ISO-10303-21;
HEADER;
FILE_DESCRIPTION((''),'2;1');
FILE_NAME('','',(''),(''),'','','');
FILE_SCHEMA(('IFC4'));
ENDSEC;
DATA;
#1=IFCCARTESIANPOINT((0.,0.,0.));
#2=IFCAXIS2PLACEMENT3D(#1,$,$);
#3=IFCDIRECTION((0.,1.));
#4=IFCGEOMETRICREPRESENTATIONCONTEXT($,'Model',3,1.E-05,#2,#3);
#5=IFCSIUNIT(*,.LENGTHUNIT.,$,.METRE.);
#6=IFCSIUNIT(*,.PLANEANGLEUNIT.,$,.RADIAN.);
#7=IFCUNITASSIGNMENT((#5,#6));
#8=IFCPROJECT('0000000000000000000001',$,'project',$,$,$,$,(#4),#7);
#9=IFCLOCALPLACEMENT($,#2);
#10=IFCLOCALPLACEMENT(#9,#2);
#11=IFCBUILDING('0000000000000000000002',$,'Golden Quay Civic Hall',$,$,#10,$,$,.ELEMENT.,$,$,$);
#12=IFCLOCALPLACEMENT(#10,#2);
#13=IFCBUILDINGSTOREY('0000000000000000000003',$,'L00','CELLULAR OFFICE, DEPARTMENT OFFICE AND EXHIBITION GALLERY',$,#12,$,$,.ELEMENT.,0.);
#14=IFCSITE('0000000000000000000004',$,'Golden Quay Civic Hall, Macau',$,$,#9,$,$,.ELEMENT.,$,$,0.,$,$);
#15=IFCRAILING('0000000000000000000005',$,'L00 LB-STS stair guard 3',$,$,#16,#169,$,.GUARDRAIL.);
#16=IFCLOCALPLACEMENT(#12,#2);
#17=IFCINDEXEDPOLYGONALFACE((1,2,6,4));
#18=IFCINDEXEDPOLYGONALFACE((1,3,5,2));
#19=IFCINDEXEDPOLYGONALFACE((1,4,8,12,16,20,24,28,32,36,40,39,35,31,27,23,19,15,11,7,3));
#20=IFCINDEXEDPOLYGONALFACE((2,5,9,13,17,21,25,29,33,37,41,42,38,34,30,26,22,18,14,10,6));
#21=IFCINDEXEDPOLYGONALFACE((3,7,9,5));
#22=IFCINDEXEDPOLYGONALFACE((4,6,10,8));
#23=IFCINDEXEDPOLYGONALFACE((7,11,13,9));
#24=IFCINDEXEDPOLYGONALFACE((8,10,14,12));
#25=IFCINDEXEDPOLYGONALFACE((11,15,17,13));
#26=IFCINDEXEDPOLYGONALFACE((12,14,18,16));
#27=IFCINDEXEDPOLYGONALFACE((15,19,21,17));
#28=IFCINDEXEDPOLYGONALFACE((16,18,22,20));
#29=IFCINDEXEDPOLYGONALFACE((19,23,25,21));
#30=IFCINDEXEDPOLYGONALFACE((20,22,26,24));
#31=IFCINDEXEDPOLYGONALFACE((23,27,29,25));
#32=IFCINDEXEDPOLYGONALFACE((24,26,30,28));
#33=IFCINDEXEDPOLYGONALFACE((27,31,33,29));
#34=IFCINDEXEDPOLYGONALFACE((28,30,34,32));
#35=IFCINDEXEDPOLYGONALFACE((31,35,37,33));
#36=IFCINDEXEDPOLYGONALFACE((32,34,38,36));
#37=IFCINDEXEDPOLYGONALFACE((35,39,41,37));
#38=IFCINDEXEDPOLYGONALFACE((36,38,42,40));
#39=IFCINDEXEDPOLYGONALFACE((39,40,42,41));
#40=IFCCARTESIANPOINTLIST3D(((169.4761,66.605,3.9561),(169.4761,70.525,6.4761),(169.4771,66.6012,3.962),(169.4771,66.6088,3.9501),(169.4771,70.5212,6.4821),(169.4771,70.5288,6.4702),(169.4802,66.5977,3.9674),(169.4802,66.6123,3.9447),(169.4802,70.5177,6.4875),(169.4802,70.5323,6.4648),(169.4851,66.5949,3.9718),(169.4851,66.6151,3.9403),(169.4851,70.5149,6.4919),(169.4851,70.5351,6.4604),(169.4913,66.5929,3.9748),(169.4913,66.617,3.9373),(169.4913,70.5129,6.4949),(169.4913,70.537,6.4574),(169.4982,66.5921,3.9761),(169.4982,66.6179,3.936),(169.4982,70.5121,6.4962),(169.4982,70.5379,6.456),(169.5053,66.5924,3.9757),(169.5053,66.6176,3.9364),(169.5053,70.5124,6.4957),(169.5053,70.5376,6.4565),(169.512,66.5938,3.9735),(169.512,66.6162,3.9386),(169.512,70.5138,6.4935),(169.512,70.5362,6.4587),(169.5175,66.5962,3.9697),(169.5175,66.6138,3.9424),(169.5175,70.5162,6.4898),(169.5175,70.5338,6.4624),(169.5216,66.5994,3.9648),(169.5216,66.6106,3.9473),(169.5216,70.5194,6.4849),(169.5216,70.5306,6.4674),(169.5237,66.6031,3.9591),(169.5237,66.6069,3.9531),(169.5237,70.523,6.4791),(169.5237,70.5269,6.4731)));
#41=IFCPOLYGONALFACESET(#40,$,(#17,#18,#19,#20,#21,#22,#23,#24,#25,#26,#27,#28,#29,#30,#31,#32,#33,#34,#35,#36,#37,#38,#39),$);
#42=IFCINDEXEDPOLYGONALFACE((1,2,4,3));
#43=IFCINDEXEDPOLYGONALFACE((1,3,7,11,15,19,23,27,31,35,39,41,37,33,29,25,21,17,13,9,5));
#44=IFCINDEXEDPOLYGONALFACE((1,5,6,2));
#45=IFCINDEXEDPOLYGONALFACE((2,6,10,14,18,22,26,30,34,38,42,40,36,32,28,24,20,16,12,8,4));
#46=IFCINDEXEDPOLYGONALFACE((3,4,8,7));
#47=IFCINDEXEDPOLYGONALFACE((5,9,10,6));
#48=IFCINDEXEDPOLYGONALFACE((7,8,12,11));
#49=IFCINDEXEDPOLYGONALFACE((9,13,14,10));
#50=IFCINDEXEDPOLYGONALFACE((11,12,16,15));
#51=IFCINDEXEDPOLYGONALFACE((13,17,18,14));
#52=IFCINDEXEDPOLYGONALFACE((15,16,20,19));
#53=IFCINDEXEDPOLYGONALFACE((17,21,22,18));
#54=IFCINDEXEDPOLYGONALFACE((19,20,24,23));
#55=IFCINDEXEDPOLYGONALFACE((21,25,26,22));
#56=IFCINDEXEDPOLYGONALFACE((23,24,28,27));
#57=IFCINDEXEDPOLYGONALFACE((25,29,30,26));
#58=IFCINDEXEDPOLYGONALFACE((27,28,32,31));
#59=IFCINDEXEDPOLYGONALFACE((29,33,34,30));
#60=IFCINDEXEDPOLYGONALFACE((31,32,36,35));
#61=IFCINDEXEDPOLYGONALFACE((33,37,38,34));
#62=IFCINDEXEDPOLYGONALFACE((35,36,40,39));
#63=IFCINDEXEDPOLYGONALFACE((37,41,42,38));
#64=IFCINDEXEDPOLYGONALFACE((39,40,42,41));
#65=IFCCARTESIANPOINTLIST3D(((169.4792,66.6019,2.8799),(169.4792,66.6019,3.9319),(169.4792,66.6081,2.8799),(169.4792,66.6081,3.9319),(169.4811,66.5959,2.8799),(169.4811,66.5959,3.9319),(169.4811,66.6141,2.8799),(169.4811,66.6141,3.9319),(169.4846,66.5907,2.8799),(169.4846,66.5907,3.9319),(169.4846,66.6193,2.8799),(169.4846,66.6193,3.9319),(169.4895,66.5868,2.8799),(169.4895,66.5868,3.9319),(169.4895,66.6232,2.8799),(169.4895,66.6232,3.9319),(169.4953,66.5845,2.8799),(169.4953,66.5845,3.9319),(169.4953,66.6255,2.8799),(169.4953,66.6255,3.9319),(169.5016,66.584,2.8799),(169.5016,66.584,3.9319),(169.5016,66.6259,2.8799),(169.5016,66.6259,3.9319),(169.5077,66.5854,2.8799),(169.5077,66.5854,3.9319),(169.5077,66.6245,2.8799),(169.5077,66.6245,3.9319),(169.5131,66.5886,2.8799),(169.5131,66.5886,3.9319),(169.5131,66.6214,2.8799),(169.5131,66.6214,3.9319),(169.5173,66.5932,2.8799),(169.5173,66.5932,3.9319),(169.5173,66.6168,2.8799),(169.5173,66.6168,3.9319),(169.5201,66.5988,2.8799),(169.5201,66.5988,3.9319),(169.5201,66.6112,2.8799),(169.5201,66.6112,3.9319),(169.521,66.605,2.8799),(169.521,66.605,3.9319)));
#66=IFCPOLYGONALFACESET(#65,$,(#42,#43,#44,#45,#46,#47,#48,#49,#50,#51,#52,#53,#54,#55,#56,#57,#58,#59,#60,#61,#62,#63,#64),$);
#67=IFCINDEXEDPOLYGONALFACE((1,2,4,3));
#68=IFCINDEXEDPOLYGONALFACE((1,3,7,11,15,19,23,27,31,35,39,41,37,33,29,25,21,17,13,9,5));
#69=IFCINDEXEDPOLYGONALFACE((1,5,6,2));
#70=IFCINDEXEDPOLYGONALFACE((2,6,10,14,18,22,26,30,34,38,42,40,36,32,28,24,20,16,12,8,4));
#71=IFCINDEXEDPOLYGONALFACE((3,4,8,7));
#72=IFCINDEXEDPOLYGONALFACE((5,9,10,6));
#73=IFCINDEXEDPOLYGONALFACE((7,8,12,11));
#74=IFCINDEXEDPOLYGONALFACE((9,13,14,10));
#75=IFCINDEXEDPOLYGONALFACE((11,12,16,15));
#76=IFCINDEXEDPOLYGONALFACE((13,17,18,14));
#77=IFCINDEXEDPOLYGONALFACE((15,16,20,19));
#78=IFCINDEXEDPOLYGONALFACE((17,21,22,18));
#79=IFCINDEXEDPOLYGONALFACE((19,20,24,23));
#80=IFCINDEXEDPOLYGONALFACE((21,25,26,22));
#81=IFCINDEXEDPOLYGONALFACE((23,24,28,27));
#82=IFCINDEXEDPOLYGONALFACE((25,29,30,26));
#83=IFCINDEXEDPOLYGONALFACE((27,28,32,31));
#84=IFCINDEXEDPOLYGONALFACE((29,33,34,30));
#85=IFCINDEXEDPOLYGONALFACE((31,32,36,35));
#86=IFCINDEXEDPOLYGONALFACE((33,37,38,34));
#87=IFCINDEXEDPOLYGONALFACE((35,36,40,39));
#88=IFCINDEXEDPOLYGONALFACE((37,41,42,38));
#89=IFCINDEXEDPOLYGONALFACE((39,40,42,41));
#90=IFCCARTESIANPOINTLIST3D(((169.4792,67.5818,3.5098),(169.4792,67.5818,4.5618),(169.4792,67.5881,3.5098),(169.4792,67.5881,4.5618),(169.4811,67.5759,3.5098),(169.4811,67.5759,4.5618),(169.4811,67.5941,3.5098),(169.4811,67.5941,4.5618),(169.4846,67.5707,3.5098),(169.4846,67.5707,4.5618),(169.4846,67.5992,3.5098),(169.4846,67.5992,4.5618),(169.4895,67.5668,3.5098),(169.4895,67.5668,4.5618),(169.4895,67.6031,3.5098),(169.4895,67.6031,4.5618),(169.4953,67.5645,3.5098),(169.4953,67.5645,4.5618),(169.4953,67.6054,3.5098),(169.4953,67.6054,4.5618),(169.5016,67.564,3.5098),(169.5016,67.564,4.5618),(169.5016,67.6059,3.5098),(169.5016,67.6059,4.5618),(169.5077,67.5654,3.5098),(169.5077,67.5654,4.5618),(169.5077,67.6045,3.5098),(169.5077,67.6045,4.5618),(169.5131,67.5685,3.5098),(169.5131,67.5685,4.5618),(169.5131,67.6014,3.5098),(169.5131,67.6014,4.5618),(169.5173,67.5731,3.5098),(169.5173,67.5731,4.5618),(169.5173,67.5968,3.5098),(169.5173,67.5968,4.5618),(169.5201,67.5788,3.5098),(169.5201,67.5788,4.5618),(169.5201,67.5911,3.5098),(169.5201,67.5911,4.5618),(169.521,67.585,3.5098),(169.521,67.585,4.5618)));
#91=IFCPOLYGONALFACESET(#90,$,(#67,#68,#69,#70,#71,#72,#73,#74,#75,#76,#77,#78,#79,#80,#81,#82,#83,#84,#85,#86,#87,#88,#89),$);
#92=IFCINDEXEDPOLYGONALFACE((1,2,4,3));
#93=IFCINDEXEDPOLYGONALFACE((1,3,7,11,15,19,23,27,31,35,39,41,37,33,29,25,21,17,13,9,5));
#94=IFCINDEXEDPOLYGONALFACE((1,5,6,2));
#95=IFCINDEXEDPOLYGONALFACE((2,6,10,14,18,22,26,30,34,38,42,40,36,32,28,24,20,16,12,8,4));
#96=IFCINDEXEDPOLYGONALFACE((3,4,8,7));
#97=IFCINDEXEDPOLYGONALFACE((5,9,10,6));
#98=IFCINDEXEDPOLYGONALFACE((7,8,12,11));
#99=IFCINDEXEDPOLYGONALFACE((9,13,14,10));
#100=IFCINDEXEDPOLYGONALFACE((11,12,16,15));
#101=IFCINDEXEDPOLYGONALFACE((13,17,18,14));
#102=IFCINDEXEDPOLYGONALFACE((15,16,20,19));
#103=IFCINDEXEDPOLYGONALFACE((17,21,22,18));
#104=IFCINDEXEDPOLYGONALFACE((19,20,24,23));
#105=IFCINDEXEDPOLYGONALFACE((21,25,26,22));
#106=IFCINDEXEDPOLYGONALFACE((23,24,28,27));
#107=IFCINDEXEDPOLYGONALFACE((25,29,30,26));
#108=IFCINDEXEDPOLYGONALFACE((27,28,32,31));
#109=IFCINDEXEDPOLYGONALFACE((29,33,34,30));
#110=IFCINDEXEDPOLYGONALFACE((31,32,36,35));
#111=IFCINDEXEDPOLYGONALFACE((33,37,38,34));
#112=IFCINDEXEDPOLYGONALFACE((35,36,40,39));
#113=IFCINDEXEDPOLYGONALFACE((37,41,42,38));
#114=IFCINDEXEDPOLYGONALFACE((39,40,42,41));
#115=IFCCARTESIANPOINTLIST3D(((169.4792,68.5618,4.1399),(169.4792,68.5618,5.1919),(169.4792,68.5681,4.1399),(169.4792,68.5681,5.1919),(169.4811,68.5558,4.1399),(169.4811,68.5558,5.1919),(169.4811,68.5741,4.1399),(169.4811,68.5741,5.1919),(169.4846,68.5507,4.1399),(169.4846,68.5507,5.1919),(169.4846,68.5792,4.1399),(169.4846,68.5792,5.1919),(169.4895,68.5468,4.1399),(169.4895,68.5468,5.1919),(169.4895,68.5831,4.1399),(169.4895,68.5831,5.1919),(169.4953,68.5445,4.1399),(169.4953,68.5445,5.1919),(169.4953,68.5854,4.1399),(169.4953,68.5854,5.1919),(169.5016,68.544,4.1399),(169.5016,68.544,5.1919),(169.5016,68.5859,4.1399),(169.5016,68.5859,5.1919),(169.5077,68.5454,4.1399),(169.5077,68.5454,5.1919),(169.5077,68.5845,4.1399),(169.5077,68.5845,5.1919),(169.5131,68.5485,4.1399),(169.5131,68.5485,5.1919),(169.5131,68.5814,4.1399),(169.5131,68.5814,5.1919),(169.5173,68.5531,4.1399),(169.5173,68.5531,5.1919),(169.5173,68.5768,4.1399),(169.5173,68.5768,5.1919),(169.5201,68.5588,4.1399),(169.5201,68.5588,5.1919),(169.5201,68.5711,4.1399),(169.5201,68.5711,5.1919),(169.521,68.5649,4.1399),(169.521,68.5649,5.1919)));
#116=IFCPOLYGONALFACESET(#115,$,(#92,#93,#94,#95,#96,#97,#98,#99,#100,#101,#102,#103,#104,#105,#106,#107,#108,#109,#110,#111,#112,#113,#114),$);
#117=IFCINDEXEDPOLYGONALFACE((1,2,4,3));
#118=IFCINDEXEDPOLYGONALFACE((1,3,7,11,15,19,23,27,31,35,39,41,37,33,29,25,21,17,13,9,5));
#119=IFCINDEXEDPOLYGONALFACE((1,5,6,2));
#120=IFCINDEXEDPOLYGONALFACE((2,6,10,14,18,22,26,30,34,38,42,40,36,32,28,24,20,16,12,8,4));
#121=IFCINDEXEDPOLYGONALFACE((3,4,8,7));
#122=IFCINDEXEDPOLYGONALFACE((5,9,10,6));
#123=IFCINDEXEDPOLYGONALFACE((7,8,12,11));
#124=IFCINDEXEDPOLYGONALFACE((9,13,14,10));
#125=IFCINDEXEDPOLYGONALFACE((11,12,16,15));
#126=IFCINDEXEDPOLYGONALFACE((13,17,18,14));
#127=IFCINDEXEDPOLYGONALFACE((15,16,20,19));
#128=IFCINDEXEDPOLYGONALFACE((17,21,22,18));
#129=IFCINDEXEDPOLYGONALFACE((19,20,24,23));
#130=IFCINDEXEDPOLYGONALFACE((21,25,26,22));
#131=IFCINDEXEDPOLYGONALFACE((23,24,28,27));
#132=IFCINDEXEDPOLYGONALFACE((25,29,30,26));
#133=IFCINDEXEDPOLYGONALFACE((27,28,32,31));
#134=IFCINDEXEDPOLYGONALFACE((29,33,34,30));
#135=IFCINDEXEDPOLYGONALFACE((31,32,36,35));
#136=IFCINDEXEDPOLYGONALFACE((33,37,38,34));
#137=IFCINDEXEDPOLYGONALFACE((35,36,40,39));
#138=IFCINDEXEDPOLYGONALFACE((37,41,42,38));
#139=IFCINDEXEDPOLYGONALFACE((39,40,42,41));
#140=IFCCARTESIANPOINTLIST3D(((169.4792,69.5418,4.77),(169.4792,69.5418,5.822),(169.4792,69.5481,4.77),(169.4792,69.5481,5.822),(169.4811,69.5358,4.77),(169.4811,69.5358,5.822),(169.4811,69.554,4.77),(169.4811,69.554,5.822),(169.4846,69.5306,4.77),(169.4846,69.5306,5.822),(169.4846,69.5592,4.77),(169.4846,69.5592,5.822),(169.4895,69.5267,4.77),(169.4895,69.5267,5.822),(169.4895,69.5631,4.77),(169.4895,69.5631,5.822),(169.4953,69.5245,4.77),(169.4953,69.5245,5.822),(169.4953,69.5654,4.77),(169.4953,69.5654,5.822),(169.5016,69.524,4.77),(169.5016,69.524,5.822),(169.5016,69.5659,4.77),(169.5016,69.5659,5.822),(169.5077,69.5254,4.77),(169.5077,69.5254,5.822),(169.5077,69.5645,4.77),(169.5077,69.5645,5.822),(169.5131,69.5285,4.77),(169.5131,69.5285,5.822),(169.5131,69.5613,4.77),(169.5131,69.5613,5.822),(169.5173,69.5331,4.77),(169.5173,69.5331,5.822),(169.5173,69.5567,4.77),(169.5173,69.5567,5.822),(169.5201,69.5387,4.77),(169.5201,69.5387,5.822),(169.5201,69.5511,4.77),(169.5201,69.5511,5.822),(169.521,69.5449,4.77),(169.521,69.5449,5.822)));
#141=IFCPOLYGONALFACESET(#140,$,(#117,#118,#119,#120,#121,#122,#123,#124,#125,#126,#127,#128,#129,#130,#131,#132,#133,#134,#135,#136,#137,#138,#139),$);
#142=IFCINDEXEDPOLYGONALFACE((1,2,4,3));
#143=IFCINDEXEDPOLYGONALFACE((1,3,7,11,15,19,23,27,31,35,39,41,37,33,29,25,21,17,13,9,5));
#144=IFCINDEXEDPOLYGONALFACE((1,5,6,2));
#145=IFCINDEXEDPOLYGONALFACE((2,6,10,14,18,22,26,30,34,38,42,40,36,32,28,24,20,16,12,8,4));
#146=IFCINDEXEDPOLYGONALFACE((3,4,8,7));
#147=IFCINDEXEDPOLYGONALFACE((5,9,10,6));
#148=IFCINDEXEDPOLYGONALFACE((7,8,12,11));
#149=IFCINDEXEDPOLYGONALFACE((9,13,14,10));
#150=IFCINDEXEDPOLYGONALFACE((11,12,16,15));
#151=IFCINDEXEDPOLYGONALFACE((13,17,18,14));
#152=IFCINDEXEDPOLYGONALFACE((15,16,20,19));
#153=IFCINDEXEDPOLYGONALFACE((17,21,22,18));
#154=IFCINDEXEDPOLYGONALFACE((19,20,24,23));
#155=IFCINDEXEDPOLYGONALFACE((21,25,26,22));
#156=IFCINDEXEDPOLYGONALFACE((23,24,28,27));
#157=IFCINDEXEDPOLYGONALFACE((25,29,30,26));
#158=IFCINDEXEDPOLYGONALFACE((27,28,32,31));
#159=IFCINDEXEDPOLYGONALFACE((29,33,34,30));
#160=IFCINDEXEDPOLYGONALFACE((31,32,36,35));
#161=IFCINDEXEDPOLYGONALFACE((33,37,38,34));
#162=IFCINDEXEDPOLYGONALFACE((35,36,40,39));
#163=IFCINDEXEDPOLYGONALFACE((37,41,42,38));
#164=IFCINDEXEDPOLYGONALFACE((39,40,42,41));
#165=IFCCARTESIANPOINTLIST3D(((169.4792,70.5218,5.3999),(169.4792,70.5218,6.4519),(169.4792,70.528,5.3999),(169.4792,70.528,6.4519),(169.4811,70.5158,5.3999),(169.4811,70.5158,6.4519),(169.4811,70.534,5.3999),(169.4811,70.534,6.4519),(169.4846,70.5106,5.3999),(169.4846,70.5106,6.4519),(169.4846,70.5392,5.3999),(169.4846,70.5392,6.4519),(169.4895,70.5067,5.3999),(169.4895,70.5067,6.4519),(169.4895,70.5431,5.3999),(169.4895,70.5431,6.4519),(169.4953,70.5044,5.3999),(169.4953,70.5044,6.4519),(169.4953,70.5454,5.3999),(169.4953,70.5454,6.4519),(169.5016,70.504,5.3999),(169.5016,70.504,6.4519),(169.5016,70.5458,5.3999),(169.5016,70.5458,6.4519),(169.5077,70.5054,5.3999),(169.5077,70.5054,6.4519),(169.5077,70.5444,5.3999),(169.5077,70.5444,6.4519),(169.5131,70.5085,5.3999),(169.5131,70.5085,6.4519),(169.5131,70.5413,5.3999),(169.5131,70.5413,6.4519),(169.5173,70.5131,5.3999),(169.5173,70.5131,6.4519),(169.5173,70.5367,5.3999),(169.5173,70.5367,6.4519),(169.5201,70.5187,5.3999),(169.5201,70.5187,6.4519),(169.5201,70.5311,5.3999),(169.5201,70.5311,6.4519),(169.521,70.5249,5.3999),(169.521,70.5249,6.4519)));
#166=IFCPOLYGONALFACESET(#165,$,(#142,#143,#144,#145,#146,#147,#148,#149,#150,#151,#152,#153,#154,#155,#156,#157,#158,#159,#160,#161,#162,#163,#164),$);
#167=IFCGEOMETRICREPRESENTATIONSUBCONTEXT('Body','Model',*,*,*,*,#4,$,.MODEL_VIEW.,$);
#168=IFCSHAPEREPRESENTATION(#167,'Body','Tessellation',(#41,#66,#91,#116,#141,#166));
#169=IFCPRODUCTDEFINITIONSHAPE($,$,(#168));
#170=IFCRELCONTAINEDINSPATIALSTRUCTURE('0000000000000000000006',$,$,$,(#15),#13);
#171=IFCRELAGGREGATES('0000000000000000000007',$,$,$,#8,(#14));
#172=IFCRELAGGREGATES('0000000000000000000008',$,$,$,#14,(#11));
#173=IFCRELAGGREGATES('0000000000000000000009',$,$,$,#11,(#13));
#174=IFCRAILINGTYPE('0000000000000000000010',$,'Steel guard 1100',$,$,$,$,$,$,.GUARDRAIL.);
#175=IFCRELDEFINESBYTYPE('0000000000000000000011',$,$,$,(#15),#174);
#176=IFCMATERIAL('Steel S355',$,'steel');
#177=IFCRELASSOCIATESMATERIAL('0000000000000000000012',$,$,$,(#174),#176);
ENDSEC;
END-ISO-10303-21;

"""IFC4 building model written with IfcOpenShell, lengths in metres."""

from ifc_helpers import new_model, si_unit, direction, frame, origin, origin_2d, place, context, subcontext, project, spatial, circle, extrude, material, type_object, element, save


model = new_model("IFC4")

# Units and contexts
model_context = context("Model", 3, precision=1e-05, world=origin(), true_north=direction((0.0, 1.0)))
body_context = subcontext(model_context, "Body", "Model", "MODEL_VIEW")
ifc_project = project(units=[si_unit("LENGTHUNIT", "METRE"), si_unit("PLANEANGLEUNIT", "RADIAN")], contexts=[model_context])

# Site, building, storey
site_placement = place(None, origin())
site = spatial("IfcSite", under=ifc_project, at=site_placement, Name="Golden Quay Civic Hall, Macau", CompositionType="ELEMENT", RefElevation=0.0)
building_placement = place(site_placement, origin())
building = spatial("IfcBuilding", under=site, at=building_placement, Name="Golden Quay Civic Hall", CompositionType="ELEMENT")
storey_placement = place(building_placement, origin())
storey = spatial("IfcBuildingStorey", under=building, at=storey_placement, Name="L00", Description="CELLULAR OFFICE, DEPARTMENT OFFICE AND EXHIBITION GALLERY", CompositionType="ELEMENT", Elevation=0.0)

# Railing
ifc_material_1 = material(Name="Steel S355", Category="steel")
railing_type_1 = type_object("IfcRailingType", Name="Steel guard 1100", PredefinedType="GUARDRAIL", material=ifc_material_1)
railing_1_placement = place(storey_placement, frame((169.5, 66.605, 2.8799)))
element("IfcRailing", 1, at=railing_1_placement, inside=storey, type_object=railing_type_1, Name="L00 LB-STS stair guard 3", PredefinedType="GUARDRAIL", context=body_context, shape_type="SweptSolid", body=[
    extrude(circle(Radius=0.0239, at=origin_2d()), frame((0.0, 0.0, 1.0762), z_axis=(0.0, 0.841172, 0.540768), x_axis=(-1.0, 0.0, 0.0)), (0.0, 0.0, 1.0), 4.6602),
    extrude(circle(Radius=0.021, at=origin_2d()), origin(), (0.0, 0.0, 1.0), 1.052),
    extrude(circle(Radius=0.021, at=origin_2d()), frame((0.0, 0.98, 0.6299)), (0.0, 0.0, 1.0), 1.052),
    extrude(circle(Radius=0.021, at=origin_2d()), frame((0.0, 1.96, 1.26)), (0.0, 0.0, 1.0), 1.052),
    extrude(circle(Radius=0.021, at=origin_2d()), frame((0.0, 2.9399, 1.8901)), (0.0, 0.0, 1.0), 1.052),
    extrude(circle(Radius=0.021, at=origin_2d()), frame((0.0, 3.9199, 2.52)), (0.0, 0.0, 1.0), 1.052),
])

save(model, "model.ifc")
